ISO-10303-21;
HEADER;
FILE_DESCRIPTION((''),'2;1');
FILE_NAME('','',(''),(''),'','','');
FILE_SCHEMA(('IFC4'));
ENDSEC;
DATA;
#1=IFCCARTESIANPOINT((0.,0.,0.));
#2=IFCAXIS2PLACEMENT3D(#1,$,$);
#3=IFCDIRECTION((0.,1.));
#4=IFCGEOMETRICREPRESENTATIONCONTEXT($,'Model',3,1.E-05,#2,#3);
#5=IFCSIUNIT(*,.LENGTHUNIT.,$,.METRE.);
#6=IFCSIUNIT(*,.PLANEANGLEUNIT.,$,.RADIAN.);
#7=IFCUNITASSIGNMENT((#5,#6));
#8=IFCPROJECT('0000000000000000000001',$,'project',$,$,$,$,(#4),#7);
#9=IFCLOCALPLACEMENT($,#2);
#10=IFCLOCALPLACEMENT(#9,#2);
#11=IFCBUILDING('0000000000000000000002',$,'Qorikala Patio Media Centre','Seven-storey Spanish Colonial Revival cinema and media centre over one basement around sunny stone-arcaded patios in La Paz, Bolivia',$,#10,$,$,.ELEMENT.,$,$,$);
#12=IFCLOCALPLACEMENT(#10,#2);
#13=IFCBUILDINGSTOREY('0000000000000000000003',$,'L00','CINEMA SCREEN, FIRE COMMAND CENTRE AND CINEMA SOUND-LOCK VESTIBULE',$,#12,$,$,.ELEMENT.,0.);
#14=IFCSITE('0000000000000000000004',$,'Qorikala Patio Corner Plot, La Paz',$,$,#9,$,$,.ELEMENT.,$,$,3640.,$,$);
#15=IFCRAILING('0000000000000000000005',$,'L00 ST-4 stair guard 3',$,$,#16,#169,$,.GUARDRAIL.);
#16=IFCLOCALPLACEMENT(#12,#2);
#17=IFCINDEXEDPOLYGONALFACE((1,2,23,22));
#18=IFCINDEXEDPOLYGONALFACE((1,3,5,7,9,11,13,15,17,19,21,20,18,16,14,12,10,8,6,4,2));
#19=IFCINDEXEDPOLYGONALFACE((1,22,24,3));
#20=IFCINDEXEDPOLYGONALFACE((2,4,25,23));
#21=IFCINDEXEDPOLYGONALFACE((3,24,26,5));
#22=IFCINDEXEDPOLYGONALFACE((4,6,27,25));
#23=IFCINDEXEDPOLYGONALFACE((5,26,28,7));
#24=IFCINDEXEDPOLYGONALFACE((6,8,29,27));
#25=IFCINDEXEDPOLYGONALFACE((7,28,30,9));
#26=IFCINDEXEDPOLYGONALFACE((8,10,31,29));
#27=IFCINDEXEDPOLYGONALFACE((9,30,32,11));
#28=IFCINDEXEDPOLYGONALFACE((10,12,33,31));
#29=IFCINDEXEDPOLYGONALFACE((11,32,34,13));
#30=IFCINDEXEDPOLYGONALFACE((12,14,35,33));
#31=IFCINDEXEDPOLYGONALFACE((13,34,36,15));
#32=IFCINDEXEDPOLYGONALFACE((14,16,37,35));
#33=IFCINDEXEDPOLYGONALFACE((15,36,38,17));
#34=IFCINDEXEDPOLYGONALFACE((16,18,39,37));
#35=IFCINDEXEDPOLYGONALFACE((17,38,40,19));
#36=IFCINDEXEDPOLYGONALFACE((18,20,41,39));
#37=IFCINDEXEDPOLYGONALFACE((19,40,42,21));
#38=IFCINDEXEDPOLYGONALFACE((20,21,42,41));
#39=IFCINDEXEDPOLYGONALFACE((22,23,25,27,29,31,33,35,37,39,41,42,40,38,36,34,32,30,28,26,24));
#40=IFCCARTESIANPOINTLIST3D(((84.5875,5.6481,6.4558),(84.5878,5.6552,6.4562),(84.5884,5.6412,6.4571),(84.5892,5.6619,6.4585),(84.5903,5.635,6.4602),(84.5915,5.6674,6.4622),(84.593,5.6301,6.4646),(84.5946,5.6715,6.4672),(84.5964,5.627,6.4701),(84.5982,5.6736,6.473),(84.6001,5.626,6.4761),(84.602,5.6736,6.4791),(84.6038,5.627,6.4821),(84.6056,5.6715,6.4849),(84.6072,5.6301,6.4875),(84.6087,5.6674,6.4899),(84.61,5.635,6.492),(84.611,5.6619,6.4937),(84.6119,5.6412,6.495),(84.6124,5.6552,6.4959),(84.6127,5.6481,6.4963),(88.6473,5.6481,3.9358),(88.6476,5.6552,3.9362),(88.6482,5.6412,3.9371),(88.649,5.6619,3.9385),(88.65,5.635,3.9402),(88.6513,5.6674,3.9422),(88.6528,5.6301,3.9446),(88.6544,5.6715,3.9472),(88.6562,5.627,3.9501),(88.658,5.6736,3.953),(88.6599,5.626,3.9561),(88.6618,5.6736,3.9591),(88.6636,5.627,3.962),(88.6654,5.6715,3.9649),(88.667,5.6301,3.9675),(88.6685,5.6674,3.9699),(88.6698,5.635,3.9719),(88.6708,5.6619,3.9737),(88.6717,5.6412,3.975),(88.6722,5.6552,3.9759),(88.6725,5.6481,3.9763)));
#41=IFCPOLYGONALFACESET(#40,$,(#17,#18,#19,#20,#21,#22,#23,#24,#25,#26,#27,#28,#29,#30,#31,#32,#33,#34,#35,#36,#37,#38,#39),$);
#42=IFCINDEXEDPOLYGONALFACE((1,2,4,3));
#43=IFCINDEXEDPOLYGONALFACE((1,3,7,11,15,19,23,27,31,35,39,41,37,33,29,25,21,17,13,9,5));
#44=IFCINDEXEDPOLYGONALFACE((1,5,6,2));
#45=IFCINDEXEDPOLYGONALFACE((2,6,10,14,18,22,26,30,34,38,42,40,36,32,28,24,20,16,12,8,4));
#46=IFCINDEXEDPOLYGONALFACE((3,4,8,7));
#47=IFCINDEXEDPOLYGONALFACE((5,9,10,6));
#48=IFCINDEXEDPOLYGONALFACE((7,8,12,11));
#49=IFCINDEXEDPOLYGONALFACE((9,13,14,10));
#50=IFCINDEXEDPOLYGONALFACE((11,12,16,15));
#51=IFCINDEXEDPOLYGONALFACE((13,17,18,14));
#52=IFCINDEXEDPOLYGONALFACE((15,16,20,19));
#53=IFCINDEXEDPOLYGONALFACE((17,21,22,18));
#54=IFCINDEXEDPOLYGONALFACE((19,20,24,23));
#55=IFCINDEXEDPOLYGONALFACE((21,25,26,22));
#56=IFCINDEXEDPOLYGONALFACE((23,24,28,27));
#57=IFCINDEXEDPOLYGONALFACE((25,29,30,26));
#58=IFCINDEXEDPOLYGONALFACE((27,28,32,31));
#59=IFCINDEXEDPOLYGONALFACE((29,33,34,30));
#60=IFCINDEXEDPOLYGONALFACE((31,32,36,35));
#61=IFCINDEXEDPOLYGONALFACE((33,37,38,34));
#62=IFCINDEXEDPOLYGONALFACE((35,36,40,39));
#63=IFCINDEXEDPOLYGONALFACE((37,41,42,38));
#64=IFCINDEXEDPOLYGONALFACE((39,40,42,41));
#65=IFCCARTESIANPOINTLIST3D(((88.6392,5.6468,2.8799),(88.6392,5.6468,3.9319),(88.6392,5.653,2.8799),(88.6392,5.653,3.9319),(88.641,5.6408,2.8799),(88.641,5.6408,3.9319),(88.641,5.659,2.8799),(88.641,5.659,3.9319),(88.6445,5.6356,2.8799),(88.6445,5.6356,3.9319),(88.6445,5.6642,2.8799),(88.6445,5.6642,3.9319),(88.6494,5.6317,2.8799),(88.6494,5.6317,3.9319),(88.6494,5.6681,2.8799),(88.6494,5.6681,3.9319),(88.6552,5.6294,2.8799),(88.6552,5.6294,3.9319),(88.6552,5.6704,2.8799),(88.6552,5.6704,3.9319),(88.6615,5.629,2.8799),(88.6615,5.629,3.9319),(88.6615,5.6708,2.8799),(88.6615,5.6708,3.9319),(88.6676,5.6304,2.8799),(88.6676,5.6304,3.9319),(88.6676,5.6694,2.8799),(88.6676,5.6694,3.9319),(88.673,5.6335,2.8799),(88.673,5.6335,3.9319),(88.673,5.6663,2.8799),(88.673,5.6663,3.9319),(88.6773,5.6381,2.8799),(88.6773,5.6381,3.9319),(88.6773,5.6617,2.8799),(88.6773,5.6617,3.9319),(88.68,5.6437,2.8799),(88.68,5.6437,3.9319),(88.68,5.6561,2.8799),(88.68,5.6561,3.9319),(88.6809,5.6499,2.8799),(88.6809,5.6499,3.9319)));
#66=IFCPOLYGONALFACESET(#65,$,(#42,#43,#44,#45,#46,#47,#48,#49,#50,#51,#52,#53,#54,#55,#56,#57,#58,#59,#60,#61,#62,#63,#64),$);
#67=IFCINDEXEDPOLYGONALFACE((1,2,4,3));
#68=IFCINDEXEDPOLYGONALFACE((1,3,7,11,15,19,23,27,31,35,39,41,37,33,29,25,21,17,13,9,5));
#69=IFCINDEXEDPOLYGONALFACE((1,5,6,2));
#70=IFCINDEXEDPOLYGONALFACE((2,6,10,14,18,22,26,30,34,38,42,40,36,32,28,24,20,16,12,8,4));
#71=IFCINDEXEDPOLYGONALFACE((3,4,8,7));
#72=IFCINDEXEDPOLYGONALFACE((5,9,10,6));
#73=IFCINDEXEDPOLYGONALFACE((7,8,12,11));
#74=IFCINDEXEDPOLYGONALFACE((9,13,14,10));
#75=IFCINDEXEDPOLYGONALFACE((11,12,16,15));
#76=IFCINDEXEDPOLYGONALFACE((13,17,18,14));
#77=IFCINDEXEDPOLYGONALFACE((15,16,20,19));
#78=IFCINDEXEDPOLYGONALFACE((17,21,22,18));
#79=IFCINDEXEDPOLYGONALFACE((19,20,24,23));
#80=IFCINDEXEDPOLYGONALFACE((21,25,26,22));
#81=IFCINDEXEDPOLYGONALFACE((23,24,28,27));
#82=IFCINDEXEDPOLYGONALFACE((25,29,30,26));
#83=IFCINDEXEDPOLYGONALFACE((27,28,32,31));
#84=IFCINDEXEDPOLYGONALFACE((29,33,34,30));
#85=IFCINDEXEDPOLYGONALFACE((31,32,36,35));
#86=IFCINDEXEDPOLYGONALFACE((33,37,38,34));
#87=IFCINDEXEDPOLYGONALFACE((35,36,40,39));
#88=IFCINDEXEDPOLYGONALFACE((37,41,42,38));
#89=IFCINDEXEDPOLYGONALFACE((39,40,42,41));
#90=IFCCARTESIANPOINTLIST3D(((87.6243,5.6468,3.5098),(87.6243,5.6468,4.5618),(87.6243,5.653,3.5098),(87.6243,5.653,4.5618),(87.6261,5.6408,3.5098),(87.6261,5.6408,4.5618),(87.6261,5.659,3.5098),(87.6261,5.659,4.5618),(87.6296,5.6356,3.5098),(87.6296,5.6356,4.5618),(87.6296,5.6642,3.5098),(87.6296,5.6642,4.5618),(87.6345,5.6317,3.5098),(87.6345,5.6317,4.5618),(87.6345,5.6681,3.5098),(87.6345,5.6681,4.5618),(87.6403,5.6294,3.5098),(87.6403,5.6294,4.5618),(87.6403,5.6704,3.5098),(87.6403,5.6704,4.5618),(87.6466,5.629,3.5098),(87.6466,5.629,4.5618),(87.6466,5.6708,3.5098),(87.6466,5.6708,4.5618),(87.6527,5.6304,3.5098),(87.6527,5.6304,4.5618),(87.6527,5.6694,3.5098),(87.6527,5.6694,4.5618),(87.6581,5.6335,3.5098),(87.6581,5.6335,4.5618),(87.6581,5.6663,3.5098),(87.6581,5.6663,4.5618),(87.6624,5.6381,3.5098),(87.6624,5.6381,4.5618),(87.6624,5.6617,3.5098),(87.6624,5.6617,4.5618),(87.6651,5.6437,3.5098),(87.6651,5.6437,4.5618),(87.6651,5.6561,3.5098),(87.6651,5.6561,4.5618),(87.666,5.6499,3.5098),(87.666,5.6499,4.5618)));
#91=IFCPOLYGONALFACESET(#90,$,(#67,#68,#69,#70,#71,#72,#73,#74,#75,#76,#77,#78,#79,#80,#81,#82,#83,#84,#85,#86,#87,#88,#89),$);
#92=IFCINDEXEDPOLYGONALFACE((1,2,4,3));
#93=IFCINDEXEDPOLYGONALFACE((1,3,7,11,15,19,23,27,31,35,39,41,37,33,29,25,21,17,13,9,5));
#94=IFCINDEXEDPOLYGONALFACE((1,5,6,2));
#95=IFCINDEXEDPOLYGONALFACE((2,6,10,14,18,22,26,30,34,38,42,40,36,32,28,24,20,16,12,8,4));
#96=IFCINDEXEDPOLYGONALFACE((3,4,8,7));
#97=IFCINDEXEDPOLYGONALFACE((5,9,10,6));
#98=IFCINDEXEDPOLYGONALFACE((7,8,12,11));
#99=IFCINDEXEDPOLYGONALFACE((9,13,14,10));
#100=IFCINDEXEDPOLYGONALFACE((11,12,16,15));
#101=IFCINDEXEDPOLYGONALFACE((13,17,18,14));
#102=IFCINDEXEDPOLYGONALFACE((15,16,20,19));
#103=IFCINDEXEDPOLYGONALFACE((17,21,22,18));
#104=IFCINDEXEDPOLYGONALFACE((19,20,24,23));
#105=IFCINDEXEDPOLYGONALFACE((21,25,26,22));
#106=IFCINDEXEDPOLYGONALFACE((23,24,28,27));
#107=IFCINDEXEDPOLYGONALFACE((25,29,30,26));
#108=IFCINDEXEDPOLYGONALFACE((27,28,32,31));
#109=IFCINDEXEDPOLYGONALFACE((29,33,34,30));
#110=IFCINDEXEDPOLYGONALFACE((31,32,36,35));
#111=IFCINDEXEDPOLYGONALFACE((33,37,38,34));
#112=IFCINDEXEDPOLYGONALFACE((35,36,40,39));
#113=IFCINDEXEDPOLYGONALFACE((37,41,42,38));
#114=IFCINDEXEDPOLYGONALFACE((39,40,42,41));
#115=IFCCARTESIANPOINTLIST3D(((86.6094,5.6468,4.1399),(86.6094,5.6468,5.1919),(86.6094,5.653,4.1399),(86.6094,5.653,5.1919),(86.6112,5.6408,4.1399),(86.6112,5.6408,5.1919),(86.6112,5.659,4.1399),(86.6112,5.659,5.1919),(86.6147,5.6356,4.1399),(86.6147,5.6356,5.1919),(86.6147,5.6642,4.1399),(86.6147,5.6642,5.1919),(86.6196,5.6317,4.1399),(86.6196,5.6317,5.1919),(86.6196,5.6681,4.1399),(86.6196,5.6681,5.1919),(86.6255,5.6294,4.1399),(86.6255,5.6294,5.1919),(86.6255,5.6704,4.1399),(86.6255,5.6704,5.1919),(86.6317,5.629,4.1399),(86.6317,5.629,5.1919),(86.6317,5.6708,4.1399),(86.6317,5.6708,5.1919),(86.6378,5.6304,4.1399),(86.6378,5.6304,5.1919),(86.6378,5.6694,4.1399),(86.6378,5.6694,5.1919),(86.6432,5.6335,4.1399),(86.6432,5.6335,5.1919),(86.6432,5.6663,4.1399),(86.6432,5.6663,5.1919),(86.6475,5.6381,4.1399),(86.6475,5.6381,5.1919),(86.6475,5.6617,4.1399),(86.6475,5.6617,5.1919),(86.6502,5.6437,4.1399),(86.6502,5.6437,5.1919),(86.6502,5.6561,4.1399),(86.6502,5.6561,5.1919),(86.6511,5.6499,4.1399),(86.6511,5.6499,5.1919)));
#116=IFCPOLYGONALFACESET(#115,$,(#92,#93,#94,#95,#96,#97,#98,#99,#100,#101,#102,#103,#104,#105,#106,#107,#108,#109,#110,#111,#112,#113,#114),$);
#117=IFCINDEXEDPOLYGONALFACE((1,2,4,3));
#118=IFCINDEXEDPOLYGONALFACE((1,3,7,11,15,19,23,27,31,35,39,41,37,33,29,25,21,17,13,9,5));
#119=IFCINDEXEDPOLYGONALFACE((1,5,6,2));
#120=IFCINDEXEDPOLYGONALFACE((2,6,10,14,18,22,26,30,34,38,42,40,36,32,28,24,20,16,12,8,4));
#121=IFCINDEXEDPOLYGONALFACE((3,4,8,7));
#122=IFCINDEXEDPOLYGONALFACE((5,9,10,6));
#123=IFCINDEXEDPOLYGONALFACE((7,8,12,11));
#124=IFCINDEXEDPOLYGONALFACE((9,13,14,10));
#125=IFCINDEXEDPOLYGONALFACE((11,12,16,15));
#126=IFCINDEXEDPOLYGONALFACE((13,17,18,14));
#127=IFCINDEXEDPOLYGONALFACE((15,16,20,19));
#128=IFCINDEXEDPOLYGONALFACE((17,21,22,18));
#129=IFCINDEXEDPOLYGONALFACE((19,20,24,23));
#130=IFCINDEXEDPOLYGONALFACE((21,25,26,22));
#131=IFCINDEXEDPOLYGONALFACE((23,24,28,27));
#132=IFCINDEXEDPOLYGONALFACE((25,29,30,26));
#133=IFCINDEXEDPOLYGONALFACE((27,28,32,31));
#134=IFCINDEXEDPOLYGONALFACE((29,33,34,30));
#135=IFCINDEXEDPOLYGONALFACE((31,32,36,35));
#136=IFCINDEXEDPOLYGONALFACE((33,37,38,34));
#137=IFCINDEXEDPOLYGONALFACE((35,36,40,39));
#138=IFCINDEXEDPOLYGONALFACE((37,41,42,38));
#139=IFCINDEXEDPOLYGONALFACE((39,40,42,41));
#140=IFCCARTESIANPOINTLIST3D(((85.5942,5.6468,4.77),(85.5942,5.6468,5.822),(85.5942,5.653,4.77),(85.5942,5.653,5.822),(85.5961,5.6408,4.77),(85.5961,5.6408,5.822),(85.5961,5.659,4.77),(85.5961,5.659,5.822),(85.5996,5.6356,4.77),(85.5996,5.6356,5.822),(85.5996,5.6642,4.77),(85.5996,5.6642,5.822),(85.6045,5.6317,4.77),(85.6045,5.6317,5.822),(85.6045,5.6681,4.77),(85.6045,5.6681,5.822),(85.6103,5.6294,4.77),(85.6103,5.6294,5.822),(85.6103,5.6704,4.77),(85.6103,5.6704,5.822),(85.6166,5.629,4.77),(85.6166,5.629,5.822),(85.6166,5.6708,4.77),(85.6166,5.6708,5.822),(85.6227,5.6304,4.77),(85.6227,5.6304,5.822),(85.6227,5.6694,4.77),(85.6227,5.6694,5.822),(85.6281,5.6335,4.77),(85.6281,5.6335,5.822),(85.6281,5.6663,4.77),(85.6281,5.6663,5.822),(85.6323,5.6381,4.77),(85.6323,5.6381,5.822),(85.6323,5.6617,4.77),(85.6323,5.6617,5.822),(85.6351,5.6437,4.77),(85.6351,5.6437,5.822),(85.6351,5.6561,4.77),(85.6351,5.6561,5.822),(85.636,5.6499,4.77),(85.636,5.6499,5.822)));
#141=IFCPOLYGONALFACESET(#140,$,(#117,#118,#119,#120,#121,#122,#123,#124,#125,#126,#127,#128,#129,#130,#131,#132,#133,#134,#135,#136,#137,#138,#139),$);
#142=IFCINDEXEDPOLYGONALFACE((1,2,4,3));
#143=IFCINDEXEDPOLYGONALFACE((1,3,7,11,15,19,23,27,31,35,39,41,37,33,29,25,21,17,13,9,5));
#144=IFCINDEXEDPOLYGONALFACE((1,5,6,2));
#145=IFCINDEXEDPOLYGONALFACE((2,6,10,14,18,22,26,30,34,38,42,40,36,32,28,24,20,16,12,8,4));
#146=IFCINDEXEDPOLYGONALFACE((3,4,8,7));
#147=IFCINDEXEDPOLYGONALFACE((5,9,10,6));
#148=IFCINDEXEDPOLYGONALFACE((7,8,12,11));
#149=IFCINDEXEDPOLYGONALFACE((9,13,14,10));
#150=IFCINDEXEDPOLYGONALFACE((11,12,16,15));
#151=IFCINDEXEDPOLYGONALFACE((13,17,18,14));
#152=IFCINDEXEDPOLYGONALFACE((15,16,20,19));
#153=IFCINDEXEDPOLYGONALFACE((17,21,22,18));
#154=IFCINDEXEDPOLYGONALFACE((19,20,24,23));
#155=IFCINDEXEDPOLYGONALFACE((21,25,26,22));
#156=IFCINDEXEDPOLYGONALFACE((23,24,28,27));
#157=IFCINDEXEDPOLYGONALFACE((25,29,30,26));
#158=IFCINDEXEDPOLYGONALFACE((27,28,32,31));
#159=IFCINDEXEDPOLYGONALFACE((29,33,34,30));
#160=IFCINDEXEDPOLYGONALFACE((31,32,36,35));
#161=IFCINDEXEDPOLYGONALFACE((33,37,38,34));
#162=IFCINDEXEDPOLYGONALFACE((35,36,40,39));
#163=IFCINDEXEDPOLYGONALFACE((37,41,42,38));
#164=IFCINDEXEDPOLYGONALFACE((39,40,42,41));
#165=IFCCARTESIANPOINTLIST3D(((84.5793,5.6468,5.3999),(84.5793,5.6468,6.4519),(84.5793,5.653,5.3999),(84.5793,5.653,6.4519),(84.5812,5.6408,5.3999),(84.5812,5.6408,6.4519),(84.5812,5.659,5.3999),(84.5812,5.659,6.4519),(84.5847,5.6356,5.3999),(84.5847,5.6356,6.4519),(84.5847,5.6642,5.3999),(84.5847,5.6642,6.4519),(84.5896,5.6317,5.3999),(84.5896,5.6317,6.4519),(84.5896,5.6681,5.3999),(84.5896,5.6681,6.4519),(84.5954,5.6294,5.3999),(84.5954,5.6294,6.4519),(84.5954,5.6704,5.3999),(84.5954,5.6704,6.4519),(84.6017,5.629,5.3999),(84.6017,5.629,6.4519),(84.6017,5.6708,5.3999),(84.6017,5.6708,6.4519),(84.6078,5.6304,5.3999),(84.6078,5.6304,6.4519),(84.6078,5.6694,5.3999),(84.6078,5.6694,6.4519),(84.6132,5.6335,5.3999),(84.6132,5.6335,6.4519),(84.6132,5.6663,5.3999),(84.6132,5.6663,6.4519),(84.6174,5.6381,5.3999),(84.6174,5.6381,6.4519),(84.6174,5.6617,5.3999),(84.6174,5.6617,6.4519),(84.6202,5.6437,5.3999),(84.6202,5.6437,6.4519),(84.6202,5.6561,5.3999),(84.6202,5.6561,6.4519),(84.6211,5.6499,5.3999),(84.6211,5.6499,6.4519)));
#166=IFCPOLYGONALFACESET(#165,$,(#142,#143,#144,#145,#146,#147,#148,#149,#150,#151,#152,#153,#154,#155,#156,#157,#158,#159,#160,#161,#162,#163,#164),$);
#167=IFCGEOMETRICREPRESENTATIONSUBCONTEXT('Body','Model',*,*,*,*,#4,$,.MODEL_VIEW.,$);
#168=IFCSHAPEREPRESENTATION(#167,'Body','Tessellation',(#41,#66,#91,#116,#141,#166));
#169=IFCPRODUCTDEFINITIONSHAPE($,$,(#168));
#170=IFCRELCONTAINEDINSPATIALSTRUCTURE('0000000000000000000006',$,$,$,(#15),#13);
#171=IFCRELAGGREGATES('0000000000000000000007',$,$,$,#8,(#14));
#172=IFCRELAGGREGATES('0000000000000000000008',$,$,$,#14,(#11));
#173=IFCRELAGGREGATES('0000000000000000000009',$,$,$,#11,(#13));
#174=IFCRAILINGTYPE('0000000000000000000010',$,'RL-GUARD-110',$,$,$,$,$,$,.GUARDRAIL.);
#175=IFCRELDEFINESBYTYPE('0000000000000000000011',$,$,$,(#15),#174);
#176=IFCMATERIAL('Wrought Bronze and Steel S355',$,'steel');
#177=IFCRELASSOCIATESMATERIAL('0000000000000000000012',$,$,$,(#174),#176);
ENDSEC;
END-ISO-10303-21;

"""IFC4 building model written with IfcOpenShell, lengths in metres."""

from ifc_helpers import new_model, si_unit, direction, frame, origin, origin_2d, place, context, subcontext, project, spatial, circle, extrude, material, type_object, element, save


model = new_model("IFC4")

# Units and contexts
model_context = context("Model", 3, precision=1e-05, world=origin(), true_north=direction((0.0, 1.0)))
body_context = subcontext(model_context, "Body", "Model", "MODEL_VIEW")
ifc_project = project(units=[si_unit("LENGTHUNIT", "METRE"), si_unit("PLANEANGLEUNIT", "RADIAN")], contexts=[model_context])

# Site, building, storey
site_placement = place(None, origin())
site = spatial("IfcSite", under=ifc_project, at=site_placement, Name="Qorikala Patio Corner Plot, La Paz", CompositionType="ELEMENT", RefElevation=3640.0)
building_placement = place(site_placement, origin())
building = spatial("IfcBuilding", under=site, at=building_placement, Name="Qorikala Patio Media Centre", Description="Seven-storey Spanish Colonial Revival cinema and media centre over one basement around sunny stone-arcaded patios in La Paz, Bolivia", CompositionType="ELEMENT")
storey_placement = place(building_placement, origin())
storey = spatial("IfcBuildingStorey", under=building, at=storey_placement, Name="L00", Description="CINEMA SCREEN, FIRE COMMAND CENTRE AND CINEMA SOUND-LOCK VESTIBULE", CompositionType="ELEMENT", Elevation=0.0)

# Railing
ifc_material_1 = material(Name="Wrought Bronze and Steel S355", Category="steel")
railing_type_1 = type_object("IfcRailingType", Name="RL-GUARD-110", PredefinedType="GUARDRAIL", material=ifc_material_1)
railing_1_placement = place(storey_placement, frame((88.6599, 5.6499, 2.8799)))
element("IfcRailing", 1, at=railing_1_placement, inside=storey, type_object=railing_type_1, Name="L00 ST-4 stair guard 3", PredefinedType="GUARDRAIL", context=body_context, shape_type="SweptSolid", body=[
    extrude(circle(Radius=0.0239, at=origin_2d()), frame((0.0, 0.0, 1.0762), z_axis=(-0.849628, 0.0, 0.527383), x_axis=(0.0, -1.0, 0.0)), (0.0, 0.0, 1.0), 4.7783),
    extrude(circle(Radius=0.021, at=origin_2d()), origin(), (0.0, 0.0, 1.0), 1.052),
    extrude(circle(Radius=0.021, at=origin_2d()), frame((-1.0149, 0.0, 0.6299)), (0.0, 0.0, 1.0), 1.052),
    extrude(circle(Radius=0.021, at=origin_2d()), frame((-2.0298, 0.0, 1.26)), (0.0, 0.0, 1.0), 1.052),
    extrude(circle(Radius=0.021, at=origin_2d()), frame((-3.0449, 0.0, 1.8901)), (0.0, 0.0, 1.0), 1.052),
    extrude(circle(Radius=0.021, at=origin_2d()), frame((-4.0598, 0.0, 2.52)), (0.0, 0.0, 1.0), 1.052),
])

save(model, "model.ifc")
